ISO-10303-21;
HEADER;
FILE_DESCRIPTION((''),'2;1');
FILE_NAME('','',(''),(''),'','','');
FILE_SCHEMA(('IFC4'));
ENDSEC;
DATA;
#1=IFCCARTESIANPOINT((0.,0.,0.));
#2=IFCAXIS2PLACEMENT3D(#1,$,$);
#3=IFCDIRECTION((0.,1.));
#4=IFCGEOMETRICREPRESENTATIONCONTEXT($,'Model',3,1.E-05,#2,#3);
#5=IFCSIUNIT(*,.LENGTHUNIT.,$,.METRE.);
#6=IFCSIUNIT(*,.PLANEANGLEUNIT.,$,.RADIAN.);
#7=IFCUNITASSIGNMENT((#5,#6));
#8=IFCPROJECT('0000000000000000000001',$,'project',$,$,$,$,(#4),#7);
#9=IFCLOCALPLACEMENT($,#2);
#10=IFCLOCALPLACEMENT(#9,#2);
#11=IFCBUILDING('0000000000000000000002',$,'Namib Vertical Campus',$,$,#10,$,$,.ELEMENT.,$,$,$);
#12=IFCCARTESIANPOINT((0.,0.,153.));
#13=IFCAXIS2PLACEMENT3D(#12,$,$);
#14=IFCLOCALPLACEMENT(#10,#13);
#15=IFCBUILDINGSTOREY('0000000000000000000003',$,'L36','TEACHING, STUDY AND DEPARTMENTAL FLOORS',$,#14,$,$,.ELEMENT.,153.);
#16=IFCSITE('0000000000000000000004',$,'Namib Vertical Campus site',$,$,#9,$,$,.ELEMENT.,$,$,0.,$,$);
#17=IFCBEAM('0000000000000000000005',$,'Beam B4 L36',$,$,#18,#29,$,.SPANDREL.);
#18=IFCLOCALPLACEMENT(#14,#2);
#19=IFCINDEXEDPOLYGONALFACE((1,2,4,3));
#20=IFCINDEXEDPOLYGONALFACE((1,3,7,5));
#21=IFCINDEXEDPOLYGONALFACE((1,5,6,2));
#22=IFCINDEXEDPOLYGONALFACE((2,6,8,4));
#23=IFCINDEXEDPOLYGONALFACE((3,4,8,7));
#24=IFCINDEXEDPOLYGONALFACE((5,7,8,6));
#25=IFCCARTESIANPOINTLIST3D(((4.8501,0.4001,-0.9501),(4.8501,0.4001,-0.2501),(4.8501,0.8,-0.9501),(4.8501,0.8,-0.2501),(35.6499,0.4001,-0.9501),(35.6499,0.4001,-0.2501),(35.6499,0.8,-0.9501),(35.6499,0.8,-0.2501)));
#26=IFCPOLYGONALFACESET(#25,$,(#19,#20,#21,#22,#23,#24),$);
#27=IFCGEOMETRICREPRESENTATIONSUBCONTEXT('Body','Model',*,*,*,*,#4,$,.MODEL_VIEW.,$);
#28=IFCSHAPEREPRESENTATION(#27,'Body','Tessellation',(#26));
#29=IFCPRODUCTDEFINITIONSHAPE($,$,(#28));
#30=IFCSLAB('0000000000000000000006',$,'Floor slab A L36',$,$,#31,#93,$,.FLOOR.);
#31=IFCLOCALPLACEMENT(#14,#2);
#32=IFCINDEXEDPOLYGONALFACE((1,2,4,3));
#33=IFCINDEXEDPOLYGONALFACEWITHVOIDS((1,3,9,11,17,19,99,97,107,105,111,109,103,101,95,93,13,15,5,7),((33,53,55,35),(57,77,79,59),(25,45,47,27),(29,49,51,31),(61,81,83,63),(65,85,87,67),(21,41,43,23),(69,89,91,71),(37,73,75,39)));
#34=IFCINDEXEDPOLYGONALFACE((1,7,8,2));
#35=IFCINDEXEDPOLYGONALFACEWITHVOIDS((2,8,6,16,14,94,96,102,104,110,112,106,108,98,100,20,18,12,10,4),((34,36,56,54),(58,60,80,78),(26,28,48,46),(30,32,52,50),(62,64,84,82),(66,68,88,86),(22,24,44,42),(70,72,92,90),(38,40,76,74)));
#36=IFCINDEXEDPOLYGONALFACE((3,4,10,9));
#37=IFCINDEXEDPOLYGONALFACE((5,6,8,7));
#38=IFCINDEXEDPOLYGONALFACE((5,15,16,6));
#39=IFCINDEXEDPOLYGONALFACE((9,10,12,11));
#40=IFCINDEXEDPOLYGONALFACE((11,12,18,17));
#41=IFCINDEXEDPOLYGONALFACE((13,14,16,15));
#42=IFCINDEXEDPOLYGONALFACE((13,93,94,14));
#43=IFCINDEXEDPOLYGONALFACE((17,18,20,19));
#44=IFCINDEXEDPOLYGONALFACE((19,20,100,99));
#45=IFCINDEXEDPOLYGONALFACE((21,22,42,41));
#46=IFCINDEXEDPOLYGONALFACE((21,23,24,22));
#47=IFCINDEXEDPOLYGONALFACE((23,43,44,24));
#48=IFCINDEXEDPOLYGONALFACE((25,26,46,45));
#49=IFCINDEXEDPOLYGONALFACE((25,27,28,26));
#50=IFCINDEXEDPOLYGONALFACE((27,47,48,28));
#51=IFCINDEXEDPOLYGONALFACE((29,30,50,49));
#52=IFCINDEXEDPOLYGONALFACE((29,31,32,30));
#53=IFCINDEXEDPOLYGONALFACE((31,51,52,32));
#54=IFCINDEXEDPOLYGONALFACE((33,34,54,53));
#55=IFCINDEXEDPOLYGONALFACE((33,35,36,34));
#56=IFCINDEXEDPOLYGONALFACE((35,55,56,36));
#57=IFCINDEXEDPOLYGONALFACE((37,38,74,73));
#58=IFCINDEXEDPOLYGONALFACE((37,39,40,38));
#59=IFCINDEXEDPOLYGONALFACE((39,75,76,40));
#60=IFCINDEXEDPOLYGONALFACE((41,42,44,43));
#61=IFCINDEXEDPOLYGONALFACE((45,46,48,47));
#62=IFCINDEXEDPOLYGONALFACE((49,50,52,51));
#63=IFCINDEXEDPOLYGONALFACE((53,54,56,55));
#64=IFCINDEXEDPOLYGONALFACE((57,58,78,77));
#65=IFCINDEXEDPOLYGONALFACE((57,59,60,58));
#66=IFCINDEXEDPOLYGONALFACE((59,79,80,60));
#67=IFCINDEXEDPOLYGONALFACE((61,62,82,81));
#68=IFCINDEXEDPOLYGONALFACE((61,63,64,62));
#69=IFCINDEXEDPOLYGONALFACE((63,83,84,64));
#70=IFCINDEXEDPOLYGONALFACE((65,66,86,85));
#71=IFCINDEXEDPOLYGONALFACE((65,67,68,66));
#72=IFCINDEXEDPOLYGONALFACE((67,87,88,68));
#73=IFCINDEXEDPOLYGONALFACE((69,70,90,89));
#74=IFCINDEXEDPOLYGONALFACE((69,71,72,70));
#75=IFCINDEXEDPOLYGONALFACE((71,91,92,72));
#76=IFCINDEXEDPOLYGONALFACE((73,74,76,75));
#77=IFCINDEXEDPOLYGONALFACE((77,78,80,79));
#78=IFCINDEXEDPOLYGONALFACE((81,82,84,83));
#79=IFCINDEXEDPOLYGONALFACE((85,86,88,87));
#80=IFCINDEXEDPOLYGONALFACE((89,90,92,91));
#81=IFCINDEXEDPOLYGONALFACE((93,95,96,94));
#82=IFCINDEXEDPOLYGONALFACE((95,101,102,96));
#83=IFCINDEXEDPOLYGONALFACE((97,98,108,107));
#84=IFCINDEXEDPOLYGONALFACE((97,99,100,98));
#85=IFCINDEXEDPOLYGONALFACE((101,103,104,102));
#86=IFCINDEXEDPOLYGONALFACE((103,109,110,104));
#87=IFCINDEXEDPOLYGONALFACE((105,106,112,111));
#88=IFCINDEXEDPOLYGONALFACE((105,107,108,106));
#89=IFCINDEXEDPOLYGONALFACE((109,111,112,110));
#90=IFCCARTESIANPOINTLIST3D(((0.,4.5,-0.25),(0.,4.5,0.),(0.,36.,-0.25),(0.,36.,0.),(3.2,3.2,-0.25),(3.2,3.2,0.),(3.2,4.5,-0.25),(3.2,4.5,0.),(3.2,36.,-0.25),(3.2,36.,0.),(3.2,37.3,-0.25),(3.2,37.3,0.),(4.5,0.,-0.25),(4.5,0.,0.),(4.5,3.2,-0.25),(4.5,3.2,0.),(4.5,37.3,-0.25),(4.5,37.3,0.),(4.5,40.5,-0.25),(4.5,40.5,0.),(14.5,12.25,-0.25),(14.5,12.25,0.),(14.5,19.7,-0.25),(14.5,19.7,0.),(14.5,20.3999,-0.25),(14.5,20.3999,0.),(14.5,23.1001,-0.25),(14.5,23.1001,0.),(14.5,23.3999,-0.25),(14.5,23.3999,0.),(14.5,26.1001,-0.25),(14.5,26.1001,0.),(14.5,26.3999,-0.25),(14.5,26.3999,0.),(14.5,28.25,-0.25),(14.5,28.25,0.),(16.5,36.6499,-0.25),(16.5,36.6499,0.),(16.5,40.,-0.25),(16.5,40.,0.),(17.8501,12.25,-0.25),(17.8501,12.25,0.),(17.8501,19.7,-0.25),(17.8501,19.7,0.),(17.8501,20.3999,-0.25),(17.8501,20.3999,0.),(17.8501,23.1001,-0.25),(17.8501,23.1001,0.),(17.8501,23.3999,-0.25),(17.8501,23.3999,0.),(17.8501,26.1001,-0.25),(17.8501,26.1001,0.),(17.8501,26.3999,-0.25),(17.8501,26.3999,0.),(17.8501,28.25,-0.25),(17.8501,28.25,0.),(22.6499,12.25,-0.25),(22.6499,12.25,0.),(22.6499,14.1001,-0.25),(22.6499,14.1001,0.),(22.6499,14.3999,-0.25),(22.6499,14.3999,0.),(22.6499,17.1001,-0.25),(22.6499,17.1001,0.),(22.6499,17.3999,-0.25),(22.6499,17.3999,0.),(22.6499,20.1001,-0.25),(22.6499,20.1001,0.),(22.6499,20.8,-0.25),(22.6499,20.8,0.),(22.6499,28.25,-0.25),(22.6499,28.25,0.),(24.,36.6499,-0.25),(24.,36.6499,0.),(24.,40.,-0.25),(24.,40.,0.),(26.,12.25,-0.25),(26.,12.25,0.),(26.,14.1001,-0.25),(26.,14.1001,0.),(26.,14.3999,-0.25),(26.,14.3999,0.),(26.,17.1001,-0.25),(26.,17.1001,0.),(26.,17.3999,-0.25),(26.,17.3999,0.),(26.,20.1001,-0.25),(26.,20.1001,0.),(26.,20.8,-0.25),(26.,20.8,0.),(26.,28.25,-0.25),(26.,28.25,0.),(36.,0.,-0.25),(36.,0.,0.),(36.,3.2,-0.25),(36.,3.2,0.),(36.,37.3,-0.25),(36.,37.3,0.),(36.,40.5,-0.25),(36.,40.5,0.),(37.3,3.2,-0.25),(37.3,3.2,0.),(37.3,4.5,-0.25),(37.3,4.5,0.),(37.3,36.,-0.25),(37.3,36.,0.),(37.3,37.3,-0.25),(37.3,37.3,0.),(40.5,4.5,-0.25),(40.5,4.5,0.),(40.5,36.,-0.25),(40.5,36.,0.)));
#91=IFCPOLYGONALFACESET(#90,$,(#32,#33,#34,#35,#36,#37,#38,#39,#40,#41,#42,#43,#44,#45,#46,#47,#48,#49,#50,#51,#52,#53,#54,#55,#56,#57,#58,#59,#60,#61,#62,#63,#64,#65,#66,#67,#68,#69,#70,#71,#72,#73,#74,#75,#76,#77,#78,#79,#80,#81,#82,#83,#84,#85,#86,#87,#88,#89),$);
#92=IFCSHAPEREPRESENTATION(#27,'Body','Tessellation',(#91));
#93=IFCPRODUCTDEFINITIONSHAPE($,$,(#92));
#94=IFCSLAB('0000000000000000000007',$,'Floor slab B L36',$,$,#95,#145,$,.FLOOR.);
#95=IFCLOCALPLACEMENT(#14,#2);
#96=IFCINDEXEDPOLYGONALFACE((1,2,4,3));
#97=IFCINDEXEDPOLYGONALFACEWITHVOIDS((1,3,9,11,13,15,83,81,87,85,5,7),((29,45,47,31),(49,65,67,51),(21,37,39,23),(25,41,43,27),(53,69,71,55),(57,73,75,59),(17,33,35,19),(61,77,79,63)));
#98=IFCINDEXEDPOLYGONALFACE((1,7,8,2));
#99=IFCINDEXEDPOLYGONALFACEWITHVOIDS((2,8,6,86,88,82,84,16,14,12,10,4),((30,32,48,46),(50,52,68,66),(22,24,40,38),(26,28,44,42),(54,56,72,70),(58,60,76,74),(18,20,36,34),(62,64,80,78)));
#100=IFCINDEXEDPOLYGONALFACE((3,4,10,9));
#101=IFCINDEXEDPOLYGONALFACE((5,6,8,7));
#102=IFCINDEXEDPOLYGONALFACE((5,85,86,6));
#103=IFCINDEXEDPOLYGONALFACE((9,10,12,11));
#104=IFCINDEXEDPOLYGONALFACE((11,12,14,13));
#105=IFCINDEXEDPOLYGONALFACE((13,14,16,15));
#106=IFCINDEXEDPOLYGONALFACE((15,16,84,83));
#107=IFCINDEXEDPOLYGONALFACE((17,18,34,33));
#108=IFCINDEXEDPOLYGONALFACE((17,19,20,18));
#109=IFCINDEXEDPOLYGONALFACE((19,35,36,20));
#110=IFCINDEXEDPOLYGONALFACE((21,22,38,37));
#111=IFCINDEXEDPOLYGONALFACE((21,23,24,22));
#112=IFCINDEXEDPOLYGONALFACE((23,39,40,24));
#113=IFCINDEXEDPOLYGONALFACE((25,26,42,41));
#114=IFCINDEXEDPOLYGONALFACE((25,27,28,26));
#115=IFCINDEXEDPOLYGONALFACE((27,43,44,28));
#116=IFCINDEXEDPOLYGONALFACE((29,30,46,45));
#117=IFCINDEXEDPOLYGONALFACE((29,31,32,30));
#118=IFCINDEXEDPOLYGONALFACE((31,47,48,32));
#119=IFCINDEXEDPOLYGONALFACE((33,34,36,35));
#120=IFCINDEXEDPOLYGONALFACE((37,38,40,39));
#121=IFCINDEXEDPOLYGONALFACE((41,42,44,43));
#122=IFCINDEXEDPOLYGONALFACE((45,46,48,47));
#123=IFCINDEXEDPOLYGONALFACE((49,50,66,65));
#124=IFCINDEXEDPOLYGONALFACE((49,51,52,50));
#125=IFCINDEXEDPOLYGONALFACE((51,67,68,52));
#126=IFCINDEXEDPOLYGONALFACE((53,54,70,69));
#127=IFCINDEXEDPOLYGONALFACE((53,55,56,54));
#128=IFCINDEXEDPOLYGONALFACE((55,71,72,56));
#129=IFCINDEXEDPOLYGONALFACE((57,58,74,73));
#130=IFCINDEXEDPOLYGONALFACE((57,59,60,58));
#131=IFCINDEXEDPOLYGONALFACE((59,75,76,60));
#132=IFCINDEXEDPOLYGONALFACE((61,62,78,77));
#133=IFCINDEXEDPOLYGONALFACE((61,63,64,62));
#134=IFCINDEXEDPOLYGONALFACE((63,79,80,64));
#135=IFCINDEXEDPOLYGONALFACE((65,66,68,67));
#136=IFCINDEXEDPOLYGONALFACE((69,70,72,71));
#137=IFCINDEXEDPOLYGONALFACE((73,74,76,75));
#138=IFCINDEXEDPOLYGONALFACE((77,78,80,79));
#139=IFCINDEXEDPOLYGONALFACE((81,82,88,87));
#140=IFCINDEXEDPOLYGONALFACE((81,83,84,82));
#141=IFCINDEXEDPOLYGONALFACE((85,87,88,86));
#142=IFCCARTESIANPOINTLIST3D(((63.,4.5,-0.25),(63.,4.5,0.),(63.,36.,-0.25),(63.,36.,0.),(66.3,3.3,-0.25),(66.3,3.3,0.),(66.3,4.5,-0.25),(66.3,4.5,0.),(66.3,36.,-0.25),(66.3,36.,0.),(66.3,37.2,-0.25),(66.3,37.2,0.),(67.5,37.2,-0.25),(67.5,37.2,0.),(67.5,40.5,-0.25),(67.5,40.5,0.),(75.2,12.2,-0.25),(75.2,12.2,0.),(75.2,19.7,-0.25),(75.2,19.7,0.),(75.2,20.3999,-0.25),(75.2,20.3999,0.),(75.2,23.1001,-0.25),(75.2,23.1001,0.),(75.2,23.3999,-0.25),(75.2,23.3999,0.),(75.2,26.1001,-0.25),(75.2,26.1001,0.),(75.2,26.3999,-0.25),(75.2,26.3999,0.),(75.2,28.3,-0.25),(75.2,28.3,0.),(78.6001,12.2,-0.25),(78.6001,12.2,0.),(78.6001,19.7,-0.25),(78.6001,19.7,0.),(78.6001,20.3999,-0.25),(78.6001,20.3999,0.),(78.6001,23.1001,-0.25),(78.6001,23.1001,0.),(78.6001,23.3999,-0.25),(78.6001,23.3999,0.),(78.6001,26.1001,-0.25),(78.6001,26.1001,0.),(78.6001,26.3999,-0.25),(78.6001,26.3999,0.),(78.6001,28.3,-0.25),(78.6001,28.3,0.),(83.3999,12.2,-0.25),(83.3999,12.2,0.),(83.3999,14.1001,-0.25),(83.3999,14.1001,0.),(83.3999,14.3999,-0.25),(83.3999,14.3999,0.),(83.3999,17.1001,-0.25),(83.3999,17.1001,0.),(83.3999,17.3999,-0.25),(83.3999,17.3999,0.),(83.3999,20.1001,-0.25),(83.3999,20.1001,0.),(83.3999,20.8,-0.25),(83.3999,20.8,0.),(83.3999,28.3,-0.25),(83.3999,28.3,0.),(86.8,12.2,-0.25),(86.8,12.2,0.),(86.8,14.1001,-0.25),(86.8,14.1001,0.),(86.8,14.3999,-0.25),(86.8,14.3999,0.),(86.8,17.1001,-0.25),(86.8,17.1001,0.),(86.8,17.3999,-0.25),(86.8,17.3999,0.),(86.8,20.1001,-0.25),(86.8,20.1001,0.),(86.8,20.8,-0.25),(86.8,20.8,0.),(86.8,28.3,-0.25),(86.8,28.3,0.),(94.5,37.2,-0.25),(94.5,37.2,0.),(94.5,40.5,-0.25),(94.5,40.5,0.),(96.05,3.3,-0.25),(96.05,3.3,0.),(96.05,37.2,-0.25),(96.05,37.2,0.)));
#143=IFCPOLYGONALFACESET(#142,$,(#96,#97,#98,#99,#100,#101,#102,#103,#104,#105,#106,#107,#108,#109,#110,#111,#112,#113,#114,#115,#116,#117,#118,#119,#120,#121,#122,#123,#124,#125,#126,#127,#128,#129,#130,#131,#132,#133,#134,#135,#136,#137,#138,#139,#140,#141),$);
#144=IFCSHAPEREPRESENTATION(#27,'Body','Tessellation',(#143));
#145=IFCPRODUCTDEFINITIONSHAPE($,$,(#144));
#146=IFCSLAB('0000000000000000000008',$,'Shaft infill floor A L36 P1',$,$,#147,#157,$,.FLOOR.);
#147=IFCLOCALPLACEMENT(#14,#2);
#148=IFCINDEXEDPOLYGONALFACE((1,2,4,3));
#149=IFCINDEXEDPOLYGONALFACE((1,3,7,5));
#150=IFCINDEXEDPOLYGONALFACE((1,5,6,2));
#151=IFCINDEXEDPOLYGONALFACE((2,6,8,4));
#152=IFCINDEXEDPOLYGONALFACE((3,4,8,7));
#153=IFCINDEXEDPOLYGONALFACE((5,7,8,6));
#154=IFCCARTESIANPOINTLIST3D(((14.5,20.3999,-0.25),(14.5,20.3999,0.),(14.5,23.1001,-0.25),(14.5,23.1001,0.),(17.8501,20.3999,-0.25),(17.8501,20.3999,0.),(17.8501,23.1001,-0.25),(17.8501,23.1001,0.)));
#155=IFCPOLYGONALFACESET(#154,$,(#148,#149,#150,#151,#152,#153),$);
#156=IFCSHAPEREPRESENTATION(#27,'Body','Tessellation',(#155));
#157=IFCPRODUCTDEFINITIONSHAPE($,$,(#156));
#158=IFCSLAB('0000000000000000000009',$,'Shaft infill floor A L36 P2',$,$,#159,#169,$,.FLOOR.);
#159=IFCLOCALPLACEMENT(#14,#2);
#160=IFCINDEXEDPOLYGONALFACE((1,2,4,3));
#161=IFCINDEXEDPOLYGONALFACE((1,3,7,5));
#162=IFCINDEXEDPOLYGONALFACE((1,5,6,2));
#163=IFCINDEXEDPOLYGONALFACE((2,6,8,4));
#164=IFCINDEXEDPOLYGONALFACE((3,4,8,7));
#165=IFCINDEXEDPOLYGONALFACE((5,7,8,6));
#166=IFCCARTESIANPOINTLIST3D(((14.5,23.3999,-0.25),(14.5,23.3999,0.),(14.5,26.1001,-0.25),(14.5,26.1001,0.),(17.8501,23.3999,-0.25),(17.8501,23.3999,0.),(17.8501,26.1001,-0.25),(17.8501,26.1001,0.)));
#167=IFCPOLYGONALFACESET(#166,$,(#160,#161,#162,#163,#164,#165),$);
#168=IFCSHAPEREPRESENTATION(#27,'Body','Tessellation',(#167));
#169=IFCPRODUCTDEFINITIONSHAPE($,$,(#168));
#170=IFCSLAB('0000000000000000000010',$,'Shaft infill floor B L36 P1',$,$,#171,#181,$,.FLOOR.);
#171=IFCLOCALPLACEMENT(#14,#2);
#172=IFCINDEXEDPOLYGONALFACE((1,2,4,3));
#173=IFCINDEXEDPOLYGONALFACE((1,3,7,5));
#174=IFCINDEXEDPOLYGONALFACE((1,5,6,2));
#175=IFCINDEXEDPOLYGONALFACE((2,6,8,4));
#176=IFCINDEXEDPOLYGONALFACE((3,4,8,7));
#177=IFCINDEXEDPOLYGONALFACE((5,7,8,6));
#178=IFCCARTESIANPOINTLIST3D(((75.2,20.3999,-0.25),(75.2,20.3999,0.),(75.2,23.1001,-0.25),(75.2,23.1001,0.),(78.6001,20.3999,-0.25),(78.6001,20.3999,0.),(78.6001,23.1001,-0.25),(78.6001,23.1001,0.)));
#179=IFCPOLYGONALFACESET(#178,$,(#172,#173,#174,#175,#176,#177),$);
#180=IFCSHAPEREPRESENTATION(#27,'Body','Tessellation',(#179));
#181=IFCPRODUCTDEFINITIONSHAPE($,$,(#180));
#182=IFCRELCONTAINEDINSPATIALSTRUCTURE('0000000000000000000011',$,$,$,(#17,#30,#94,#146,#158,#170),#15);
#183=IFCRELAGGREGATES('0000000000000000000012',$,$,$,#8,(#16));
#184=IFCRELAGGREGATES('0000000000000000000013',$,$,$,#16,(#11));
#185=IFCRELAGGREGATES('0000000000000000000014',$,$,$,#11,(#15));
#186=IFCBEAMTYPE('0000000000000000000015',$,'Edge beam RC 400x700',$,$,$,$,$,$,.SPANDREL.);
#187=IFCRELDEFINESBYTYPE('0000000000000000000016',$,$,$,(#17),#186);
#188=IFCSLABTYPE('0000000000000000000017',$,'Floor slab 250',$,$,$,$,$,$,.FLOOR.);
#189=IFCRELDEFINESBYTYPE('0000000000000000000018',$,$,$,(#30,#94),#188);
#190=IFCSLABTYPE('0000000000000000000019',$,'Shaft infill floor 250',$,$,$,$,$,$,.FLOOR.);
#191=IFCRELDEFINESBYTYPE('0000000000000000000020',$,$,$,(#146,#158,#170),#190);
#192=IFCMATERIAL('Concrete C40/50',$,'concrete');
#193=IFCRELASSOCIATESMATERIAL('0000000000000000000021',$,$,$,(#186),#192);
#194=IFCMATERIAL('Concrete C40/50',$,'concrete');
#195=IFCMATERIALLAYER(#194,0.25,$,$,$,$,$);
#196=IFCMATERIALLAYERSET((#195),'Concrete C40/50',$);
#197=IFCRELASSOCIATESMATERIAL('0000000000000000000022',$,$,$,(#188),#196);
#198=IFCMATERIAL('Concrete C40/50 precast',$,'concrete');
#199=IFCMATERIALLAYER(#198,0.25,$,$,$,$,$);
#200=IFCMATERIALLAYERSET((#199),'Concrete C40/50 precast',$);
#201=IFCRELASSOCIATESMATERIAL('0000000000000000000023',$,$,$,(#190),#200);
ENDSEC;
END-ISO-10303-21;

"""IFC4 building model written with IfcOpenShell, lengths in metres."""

from ifc_helpers import new_model, si_unit, direction, frame, origin, origin_2d, place, context, subcontext, project, spatial, polyline, rectangle, outline, extrude, material, layer, layer_set, material_profile, profile_set, type_object, element, save


model = new_model("IFC4")

# Units and contexts
model_context = context("Model", 3, precision=1e-05, world=origin(), true_north=direction((0.0, 1.0)))
body_context = subcontext(model_context, "Body", "Model", "MODEL_VIEW")
ifc_project = project(units=[si_unit("LENGTHUNIT", "METRE"), si_unit("PLANEANGLEUNIT", "RADIAN")], contexts=[model_context])

# Site, building, storey
site_placement = place(None, origin())
site = spatial("IfcSite", under=ifc_project, at=site_placement, Name="Namib Vertical Campus site", CompositionType="ELEMENT", RefElevation=0.0)
building_placement = place(site_placement, origin())
building = spatial("IfcBuilding", under=site, at=building_placement, Name="Namib Vertical Campus", CompositionType="ELEMENT")
storey_placement = place(building_placement, frame((0.0, 0.0, 153.0)))
storey = spatial("IfcBuildingStorey", under=building, at=storey_placement, Name="L36", Description="TEACHING, STUDY AND DEPARTMENTAL FLOORS", CompositionType="ELEMENT", Elevation=153.0)

# Beam
ifc_material_1 = material(Name="Concrete C40/50", Category="concrete")
ifc_material_profile = material_profile(ifc_material_1, rectangle(XDim=0.3999, YDim=0.7, at=origin_2d()))
ifc_profile_set = profile_set([ifc_material_profile], Name="Concrete C40/50")
beam_type = type_object("IfcBeamType", Name="Edge beam RC 400x700", PredefinedType="SPANDREL", material=ifc_profile_set)
beam_placement = place(storey_placement, frame((4.8501, 0.6001, -0.6001), z_axis=(1.0, 0.0, 0.0), x_axis=(0.0, 1.0, 0.0)))
element("IfcBeam", 1, at=beam_placement, inside=storey, type_object=beam_type, Name="Beam B4 L36", PredefinedType="SPANDREL", context=body_context, shape_type="SweptSolid", body=[
    extrude(rectangle(XDim=0.3999, YDim=0.7, at=origin_2d()), origin(), (0.0, 0.0, 1.0), 30.7998),
])

# Slabs
ifc_material_2 = material(Name="Concrete C40/50", Category="concrete")
ifc_layer_1 = layer(ifc_material_2, 0.25)
ifc_layer_set_1 = layer_set([ifc_layer_1], Name="Concrete C40/50")
slab_type_1 = type_object("IfcSlabType", Name="Floor slab 250", PredefinedType="FLOOR", material=ifc_layer_set_1)
slab_1_placement = place(storey_placement, frame((0.0, 0.0, -0.25)))
element("IfcSlab", 2, at=slab_1_placement, inside=storey, type_object=slab_type_1, Name="Floor slab A L36", PredefinedType="FLOOR", context=body_context, shape_type="SweptSolid", body=[
    extrude(outline(polyline([(4.5, 0.0), (36.0, 0.0), (36.0, 3.2), (37.3, 3.2), (37.3, 4.5), (40.5, 4.5), (40.5, 36.0), (37.3, 36.0), (37.3, 37.3), (36.0, 37.3), (36.0, 40.5), (4.5, 40.5), (4.5, 37.3), (3.2, 37.3), (3.2, 36.0), (0.0, 36.0), (0.0, 4.5), (3.2, 4.5), (3.2, 3.2), (4.5, 3.2), (4.5, 0.0)]), holes=[polyline([(14.5, 12.25), (17.8501, 12.25), (17.8501, 19.7), (14.5, 19.7), (14.5, 12.25)]), polyline([(22.6499, 20.8), (26.0, 20.8), (26.0, 28.25), (22.6499, 28.25), (22.6499, 20.8)]), polyline([(22.6499, 12.25), (26.0, 12.25), (26.0, 14.1001), (22.6499, 14.1001), (22.6499, 12.25)]), polyline([(14.5, 20.3999), (17.8501, 20.3999), (17.8501, 23.1001), (14.5, 23.1001), (14.5, 20.3999)]), polyline([(14.5, 23.3999), (17.8501, 23.3999), (17.8501, 26.1001), (14.5, 26.1001), (14.5, 23.3999)]), polyline([(14.5, 26.3999), (17.8501, 26.3999), (17.8501, 28.25), (14.5, 28.25), (14.5, 26.3999)]), polyline([(22.6499, 14.3999), (26.0, 14.3999), (26.0, 17.1001), (22.6499, 17.1001), (22.6499, 14.3999)]), polyline([(22.6499, 17.3999), (26.0, 17.3999), (26.0, 20.1001), (22.6499, 20.1001), (22.6499, 17.3999)]), polyline([(16.5, 36.6499), (24.0, 36.6499), (24.0, 40.0), (16.5, 40.0), (16.5, 36.6499)])]), origin(), (0.0, 0.0, 1.0), 0.25),
])
slab_2_placement = place(storey_placement, frame((0.0, 0.0, -0.25)))
element("IfcSlab", 3, at=slab_2_placement, inside=storey, type_object=slab_type_1, Name="Floor slab B L36", PredefinedType="FLOOR", context=body_context, shape_type="SweptSolid", body=[
    extrude(outline(polyline([(63.0, 4.5), (66.3, 4.5), (66.3, 3.3), (96.05, 3.3), (96.05, 37.2), (94.5, 37.2), (94.5, 40.5), (67.5, 40.5), (67.5, 37.2), (66.3, 37.2), (66.3, 36.0), (63.0, 36.0), (63.0, 4.5)]), holes=[polyline([(75.2, 12.2), (78.6001, 12.2), (78.6001, 19.7), (75.2, 19.7), (75.2, 12.2)]), polyline([(83.3999, 20.8), (86.8, 20.8), (86.8, 28.3), (83.3999, 28.3), (83.3999, 20.8)]), polyline([(83.3999, 12.2), (86.8, 12.2), (86.8, 14.1001), (83.3999, 14.1001), (83.3999, 12.2)]), polyline([(75.2, 20.3999), (78.6001, 20.3999), (78.6001, 23.1001), (75.2, 23.1001), (75.2, 20.3999)]), polyline([(75.2, 23.3999), (78.6001, 23.3999), (78.6001, 26.1001), (75.2, 26.1001), (75.2, 23.3999)]), polyline([(75.2, 26.3999), (78.6001, 26.3999), (78.6001, 28.3), (75.2, 28.3), (75.2, 26.3999)]), polyline([(83.3999, 14.3999), (86.8, 14.3999), (86.8, 17.1001), (83.3999, 17.1001), (83.3999, 14.3999)]), polyline([(83.3999, 17.3999), (86.8, 17.3999), (86.8, 20.1001), (83.3999, 20.1001), (83.3999, 17.3999)])]), origin(), (0.0, 0.0, 1.0), 0.25),
])
ifc_material_3 = material(Name="Concrete C40/50 precast", Category="concrete")
ifc_layer_2 = layer(ifc_material_3, 0.25)
ifc_layer_set_2 = layer_set([ifc_layer_2], Name="Concrete C40/50 precast")
slab_type_2 = type_object("IfcSlabType", Name="Shaft infill floor 250", PredefinedType="FLOOR", material=ifc_layer_set_2)
slab_3_placement = place(storey_placement, frame((0.0, 0.0, -0.25)))
element("IfcSlab", 4, at=slab_3_placement, inside=storey, type_object=slab_type_2, Name="Shaft infill floor A L36 P1", PredefinedType="FLOOR", context=body_context, shape_type="SweptSolid", body=[
    extrude(outline(polyline([(14.5, 20.3999), (17.8501, 20.3999), (17.8501, 23.1001), (14.5, 23.1001), (14.5, 20.3999)])), origin(), (0.0, 0.0, 1.0), 0.25),
])
slab_4_placement = place(storey_placement, frame((0.0, 0.0, -0.25)))
element("IfcSlab", 5, at=slab_4_placement, inside=storey, type_object=slab_type_2, Name="Shaft infill floor A L36 P2", PredefinedType="FLOOR", context=body_context, shape_type="SweptSolid", body=[
    extrude(outline(polyline([(14.5, 23.3999), (17.8501, 23.3999), (17.8501, 26.1001), (14.5, 26.1001), (14.5, 23.3999)])), origin(), (0.0, 0.0, 1.0), 0.25),
])
slab_5_placement = place(storey_placement, frame((0.0, 0.0, -0.25)))
element("IfcSlab", 6, at=slab_5_placement, inside=storey, type_object=slab_type_2, Name="Shaft infill floor B L36 P1", PredefinedType="FLOOR", context=body_context, shape_type="SweptSolid", body=[
    extrude(outline(polyline([(75.2, 20.3999), (78.6001, 20.3999), (78.6001, 23.1001), (75.2, 23.1001), (75.2, 20.3999)])), origin(), (0.0, 0.0, 1.0), 0.25),
])

save(model, "model.ifc")
